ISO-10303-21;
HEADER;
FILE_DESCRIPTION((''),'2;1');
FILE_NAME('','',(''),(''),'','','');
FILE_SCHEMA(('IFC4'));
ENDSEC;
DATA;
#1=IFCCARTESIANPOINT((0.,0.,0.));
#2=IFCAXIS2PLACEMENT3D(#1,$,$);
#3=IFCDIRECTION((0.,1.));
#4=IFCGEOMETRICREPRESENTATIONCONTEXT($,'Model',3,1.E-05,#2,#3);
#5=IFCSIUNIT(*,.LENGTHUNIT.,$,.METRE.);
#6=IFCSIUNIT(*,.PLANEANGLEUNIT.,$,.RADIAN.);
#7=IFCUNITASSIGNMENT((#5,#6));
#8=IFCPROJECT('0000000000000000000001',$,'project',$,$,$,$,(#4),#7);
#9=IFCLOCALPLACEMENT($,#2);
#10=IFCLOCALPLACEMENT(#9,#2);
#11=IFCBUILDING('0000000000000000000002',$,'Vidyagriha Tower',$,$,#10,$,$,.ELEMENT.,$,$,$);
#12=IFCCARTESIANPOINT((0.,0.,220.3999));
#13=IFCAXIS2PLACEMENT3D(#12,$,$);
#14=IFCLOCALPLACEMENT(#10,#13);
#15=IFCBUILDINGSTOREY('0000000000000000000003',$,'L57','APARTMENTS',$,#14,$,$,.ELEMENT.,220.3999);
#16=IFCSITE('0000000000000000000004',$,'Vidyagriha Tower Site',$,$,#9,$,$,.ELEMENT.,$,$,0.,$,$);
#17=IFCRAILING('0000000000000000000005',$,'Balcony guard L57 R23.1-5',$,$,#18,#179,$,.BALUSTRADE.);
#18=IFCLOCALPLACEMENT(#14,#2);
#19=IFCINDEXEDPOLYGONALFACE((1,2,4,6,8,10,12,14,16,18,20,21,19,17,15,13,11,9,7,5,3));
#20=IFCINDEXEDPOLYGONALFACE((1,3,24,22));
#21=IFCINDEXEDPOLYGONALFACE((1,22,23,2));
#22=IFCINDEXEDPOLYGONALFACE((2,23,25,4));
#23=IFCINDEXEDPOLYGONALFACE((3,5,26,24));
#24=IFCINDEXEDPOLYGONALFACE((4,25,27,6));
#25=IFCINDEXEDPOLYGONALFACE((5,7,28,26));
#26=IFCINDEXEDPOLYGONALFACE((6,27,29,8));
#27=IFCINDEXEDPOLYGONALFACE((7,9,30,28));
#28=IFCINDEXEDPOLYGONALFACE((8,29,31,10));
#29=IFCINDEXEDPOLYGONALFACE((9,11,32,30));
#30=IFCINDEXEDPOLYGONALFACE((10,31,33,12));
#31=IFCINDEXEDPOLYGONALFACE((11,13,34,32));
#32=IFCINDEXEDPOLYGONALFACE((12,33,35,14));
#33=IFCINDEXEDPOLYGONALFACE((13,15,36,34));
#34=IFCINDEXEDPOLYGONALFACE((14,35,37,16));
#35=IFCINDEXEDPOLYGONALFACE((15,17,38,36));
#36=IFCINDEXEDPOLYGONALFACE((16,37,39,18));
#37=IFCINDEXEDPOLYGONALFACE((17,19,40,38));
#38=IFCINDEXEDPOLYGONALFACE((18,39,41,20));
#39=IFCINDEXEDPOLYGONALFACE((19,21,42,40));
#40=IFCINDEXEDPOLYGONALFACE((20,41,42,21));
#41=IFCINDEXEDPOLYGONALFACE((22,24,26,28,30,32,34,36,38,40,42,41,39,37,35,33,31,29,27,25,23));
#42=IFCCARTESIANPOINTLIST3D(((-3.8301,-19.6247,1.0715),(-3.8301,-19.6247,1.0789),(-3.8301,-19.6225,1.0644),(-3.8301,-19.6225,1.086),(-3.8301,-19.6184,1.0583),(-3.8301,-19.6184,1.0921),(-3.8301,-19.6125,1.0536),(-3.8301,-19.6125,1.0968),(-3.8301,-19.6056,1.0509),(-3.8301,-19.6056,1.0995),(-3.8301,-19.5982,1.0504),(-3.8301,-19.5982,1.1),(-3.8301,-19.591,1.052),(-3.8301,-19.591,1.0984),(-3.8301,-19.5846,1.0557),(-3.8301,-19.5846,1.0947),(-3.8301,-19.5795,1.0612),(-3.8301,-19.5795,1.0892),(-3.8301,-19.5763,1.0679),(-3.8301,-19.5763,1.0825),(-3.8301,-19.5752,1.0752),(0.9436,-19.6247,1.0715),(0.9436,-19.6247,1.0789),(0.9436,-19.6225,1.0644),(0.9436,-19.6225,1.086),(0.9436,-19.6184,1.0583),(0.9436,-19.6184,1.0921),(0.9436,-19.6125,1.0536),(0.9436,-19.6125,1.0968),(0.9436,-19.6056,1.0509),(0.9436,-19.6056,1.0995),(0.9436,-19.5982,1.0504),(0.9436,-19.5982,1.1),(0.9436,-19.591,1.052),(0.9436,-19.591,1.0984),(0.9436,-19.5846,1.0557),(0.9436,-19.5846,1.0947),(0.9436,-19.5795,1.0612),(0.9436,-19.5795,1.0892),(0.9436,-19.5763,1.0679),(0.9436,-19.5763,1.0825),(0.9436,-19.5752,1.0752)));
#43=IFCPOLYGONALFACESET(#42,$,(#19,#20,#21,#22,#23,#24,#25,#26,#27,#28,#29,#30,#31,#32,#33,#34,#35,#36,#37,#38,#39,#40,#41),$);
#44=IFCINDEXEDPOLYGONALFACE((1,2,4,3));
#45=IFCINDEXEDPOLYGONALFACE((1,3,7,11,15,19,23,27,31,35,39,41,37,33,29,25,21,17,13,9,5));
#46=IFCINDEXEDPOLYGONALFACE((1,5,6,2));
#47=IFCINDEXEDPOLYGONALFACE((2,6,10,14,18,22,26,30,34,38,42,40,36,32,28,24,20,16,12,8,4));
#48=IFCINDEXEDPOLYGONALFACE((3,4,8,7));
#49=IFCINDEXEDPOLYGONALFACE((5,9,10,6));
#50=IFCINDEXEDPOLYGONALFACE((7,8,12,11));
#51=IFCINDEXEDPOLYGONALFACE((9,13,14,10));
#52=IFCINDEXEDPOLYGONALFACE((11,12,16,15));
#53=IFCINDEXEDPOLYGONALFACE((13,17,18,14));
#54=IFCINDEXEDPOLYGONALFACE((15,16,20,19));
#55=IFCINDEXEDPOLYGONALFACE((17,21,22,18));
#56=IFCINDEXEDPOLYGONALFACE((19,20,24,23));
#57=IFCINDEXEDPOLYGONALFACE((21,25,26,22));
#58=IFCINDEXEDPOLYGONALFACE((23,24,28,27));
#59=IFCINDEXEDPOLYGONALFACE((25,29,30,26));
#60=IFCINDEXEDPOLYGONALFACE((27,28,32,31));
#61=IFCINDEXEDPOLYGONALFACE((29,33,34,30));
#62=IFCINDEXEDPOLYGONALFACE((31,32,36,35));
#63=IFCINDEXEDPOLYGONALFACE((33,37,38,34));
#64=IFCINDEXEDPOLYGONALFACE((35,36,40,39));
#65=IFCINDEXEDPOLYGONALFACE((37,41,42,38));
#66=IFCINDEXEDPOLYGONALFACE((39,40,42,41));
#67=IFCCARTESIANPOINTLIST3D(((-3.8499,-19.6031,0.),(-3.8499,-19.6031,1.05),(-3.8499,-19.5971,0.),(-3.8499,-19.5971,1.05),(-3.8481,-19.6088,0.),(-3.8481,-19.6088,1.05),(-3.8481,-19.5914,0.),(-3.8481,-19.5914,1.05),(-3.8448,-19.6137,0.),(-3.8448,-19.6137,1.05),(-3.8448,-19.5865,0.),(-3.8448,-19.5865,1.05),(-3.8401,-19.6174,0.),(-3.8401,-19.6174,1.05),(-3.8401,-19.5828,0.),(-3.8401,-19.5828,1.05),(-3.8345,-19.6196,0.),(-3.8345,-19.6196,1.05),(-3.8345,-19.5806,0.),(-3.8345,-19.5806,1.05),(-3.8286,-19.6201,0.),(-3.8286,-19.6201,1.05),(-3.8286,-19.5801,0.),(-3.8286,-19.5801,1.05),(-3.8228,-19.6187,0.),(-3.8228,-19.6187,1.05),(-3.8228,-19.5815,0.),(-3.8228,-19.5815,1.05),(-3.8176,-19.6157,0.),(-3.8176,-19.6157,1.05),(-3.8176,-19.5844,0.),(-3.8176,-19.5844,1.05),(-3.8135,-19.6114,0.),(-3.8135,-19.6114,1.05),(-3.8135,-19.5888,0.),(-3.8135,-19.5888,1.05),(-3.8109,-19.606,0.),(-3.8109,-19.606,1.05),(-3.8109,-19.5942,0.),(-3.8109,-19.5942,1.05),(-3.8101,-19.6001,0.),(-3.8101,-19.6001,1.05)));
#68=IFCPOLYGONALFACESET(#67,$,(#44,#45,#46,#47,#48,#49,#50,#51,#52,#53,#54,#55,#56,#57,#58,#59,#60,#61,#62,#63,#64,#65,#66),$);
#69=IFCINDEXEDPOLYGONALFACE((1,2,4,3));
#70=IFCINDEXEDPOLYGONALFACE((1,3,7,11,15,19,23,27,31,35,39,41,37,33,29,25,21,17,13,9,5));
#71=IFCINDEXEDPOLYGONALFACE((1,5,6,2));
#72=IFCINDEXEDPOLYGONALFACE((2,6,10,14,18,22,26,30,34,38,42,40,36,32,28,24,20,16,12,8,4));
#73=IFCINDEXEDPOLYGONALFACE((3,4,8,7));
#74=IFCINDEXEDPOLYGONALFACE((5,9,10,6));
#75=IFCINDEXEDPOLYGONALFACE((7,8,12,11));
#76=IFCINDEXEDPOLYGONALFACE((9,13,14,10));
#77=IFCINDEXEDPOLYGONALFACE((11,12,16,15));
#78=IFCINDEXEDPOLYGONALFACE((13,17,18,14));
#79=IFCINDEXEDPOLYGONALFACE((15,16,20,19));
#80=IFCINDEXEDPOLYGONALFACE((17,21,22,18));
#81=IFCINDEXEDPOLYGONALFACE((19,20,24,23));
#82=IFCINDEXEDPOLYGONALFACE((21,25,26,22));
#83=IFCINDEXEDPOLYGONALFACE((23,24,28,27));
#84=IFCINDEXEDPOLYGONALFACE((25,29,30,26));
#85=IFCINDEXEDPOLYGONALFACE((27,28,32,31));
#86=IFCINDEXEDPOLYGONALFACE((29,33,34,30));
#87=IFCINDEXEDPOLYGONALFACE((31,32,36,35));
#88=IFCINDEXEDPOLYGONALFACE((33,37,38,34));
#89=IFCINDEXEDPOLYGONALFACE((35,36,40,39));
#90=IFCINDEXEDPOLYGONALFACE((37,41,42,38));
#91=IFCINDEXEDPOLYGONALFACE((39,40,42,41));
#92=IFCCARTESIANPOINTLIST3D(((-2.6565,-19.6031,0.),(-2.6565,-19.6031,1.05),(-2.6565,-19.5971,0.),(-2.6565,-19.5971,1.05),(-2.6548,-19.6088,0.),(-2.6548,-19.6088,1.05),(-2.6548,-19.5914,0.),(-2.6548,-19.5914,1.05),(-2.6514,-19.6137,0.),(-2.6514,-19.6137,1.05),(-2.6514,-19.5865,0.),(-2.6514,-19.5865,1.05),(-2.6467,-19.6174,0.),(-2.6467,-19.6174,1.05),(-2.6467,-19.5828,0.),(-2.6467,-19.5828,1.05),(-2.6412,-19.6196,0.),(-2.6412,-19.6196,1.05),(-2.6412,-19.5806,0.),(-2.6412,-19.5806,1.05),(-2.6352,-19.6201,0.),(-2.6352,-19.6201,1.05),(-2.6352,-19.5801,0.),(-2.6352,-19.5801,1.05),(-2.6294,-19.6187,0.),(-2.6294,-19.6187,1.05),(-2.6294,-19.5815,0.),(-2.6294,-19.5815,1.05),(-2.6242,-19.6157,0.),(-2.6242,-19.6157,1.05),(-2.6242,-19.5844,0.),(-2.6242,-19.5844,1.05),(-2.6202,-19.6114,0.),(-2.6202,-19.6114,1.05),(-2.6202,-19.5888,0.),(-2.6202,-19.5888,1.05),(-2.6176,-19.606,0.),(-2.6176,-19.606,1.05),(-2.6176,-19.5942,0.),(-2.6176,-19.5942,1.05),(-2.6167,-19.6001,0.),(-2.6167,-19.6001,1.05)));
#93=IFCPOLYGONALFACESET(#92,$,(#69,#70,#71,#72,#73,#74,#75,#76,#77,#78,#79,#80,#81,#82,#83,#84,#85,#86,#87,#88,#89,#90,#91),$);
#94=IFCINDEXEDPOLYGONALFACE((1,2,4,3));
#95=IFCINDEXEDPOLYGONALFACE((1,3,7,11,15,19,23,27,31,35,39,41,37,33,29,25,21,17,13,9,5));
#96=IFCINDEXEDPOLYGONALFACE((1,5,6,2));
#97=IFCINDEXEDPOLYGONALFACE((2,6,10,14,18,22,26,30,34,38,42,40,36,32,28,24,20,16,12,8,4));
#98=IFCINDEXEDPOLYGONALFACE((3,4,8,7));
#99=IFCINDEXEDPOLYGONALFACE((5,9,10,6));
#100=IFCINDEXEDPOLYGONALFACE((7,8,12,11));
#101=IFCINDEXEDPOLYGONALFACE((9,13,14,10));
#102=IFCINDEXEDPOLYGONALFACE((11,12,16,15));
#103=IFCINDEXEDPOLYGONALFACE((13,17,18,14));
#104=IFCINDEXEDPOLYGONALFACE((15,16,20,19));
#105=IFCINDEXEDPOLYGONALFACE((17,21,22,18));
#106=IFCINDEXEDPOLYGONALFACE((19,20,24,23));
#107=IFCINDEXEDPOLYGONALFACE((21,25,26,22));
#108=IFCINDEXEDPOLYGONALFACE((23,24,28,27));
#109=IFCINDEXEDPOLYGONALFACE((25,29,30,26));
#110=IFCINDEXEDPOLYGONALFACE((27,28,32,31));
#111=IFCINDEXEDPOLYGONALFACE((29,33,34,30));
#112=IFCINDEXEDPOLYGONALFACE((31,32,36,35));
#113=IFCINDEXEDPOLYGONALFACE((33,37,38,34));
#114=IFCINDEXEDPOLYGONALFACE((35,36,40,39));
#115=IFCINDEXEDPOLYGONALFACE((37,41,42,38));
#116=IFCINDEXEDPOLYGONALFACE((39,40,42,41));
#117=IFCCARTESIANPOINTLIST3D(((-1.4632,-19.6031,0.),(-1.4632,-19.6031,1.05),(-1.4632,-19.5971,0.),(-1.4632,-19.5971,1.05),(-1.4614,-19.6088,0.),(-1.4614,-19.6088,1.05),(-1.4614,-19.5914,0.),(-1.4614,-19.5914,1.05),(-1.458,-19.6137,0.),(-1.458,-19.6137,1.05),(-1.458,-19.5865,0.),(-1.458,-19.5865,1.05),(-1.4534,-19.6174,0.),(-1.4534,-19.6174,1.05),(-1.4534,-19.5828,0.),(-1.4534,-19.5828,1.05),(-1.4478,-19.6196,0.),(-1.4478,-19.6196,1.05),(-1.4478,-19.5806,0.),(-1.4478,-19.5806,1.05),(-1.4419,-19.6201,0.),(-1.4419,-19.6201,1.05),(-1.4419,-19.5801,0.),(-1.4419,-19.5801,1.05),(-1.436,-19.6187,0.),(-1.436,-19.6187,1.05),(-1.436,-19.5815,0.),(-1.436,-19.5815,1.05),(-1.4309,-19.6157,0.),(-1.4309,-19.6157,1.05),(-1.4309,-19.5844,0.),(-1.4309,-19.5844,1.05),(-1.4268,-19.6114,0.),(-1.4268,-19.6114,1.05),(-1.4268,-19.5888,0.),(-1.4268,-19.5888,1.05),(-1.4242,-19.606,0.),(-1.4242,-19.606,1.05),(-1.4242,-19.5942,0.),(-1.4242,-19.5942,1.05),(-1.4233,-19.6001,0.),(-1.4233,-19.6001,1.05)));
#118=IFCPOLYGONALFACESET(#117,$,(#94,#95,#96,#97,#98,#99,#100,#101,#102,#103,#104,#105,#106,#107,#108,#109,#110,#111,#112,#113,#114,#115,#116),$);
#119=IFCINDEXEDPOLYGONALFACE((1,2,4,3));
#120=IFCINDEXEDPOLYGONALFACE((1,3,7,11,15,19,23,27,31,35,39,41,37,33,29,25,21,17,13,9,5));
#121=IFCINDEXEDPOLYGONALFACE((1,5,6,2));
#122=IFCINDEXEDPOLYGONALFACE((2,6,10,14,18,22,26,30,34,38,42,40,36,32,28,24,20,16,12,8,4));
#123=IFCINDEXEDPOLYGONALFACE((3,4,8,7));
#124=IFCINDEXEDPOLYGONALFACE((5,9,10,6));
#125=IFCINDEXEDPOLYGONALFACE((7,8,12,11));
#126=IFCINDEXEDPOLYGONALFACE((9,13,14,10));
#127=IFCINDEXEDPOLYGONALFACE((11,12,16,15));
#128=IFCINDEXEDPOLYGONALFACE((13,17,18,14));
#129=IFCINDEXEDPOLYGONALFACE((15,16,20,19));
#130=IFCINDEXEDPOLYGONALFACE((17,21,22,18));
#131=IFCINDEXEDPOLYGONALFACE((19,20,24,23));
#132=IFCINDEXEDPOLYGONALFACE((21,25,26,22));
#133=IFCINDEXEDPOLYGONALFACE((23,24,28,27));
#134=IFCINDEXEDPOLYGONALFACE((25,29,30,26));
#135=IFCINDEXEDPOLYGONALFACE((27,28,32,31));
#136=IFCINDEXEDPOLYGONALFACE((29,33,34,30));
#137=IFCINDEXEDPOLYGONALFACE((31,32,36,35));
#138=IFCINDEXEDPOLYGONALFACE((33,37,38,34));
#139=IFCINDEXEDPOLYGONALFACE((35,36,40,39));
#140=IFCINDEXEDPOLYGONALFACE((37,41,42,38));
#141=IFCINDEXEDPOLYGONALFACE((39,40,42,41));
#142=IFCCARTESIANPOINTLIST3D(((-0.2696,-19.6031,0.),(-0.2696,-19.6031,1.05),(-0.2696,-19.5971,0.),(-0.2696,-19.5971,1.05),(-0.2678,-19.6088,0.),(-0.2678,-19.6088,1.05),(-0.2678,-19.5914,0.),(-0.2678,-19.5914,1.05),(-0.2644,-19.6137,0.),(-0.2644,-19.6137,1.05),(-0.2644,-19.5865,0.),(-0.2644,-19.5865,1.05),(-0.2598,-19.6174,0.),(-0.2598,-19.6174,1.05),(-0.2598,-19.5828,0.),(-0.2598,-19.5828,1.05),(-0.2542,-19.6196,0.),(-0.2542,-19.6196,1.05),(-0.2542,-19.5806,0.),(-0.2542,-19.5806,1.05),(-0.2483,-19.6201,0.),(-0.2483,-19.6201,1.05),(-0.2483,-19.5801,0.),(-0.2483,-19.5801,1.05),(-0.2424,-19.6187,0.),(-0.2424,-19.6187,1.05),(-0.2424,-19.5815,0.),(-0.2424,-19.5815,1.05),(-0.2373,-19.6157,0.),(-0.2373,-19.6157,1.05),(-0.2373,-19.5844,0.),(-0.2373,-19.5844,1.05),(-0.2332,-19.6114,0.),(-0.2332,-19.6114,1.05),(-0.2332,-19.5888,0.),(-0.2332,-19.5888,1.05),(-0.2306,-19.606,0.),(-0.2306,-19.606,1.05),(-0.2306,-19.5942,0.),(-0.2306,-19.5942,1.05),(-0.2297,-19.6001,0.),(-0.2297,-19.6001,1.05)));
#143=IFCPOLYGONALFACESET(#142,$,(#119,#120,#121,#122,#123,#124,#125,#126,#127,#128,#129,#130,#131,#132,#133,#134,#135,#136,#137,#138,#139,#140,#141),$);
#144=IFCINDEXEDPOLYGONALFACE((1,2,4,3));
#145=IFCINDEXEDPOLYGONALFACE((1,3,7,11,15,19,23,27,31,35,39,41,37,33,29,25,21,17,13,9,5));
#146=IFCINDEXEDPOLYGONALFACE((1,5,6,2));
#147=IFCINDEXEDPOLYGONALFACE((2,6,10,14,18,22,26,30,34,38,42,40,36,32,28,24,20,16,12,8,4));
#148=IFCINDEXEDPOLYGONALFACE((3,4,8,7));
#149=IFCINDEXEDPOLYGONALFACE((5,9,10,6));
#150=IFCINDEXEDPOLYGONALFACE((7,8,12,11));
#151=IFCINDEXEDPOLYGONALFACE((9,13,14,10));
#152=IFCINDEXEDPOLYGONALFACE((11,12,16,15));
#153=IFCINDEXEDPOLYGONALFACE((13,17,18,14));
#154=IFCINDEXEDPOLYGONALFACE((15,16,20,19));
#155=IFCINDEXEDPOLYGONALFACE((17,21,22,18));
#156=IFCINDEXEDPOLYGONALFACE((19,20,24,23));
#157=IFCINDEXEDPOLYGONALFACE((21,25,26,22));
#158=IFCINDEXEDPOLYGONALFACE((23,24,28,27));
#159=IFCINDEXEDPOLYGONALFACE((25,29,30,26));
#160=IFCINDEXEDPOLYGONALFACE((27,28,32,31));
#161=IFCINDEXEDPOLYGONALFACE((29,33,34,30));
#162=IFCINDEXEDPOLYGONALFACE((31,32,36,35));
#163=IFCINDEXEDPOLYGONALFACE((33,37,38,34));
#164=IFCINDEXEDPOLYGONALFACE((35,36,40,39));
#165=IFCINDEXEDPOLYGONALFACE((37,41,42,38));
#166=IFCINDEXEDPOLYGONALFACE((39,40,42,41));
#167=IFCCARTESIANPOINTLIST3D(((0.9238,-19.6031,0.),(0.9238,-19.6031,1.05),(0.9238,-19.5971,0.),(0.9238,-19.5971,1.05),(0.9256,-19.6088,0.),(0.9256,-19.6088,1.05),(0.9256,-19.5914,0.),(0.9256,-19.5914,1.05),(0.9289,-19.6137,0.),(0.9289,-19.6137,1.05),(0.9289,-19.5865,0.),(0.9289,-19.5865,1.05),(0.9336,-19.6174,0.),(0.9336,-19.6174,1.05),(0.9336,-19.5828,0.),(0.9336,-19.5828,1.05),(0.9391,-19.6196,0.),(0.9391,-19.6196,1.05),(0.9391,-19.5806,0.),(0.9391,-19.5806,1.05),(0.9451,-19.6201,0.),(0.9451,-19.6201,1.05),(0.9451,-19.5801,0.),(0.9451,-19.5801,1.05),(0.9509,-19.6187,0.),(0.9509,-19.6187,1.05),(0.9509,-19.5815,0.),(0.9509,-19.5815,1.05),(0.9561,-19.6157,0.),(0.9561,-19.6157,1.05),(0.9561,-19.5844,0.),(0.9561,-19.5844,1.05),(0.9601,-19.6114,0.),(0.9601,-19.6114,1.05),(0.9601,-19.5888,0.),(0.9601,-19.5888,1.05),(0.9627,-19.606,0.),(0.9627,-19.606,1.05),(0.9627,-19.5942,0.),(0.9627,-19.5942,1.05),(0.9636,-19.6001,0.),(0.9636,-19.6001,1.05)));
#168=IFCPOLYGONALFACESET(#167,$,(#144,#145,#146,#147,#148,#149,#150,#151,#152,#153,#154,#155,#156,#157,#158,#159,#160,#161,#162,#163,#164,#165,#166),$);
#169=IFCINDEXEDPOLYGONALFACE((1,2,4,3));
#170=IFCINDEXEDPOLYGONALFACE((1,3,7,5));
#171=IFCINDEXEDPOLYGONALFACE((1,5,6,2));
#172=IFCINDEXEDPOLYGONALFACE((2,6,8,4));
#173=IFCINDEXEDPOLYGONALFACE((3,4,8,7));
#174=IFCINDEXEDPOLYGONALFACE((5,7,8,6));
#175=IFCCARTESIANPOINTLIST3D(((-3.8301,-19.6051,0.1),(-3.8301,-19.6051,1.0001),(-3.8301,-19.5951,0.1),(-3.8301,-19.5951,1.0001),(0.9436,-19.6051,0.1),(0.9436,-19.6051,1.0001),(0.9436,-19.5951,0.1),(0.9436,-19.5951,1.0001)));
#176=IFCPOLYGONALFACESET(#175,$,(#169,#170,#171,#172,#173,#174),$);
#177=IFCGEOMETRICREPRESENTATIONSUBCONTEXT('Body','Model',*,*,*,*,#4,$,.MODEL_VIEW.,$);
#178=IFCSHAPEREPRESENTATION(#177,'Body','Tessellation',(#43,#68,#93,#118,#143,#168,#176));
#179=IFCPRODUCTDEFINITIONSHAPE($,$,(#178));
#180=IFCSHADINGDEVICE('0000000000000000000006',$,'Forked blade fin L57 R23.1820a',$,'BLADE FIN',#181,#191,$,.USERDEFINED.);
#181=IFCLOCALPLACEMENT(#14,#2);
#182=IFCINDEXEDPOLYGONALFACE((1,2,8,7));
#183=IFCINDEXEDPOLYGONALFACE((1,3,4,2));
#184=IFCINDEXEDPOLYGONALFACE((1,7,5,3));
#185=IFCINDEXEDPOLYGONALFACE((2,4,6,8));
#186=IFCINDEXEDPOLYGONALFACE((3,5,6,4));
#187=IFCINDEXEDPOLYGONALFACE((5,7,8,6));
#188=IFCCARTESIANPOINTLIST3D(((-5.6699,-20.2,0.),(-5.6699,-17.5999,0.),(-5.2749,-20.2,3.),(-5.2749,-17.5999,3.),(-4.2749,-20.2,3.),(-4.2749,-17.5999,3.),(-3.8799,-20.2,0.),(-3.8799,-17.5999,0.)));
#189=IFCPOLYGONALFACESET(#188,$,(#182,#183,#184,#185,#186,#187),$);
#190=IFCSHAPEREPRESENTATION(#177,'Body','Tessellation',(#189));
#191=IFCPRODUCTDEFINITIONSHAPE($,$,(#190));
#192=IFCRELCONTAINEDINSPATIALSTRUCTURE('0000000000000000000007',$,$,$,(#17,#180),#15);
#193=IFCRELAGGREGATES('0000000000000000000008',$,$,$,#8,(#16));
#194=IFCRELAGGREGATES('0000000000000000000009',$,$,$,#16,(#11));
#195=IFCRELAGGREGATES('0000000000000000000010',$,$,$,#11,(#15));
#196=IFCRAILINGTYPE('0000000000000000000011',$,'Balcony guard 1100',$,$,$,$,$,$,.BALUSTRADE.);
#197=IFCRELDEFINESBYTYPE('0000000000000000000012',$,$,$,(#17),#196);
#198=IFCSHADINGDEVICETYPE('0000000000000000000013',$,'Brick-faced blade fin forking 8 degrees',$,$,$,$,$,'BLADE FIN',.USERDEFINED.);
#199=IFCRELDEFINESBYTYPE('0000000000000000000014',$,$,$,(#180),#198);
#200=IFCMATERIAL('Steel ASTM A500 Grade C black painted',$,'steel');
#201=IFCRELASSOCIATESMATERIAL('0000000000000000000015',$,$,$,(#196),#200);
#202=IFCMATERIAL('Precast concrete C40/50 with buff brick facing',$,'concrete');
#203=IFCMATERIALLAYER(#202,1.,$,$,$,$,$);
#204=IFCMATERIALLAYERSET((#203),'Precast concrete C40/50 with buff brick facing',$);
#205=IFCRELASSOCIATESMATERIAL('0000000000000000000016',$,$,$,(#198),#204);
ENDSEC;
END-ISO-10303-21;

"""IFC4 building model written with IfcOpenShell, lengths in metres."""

from ifc_helpers import new_model, si_unit, direction, frame, origin, origin_2d, place, context, subcontext, project, spatial, polyline, rectangle, circle, outline, extrude, material, layer, layer_set, type_object, element, save


model = new_model("IFC4")

# Units and contexts
model_context = context("Model", 3, precision=1e-05, world=origin(), true_north=direction((0.0, 1.0)))
body_context = subcontext(model_context, "Body", "Model", "MODEL_VIEW")
ifc_project = project(units=[si_unit("LENGTHUNIT", "METRE"), si_unit("PLANEANGLEUNIT", "RADIAN")], contexts=[model_context])

# Site, building, storey
site_placement = place(None, origin())
site = spatial("IfcSite", under=ifc_project, at=site_placement, Name="Vidyagriha Tower Site", CompositionType="ELEMENT", RefElevation=0.0)
building_placement = place(site_placement, origin())
building = spatial("IfcBuilding", under=site, at=building_placement, Name="Vidyagriha Tower", CompositionType="ELEMENT")
storey_placement = place(building_placement, frame((0.0, 0.0, 220.3999)))
storey = spatial("IfcBuildingStorey", under=building, at=storey_placement, Name="L57", Description="APARTMENTS", CompositionType="ELEMENT", Elevation=220.3999)

# Railing
ifc_material_1 = material(Name="Steel ASTM A500 Grade C black painted", Category="steel")
railing_type = type_object("IfcRailingType", Name="Balcony guard 1100", PredefinedType="BALUSTRADE", material=ifc_material_1)
railing_placement = place(storey_placement, frame((-3.8301, -19.6001, 0.0)))
element("IfcRailing", 1, at=railing_placement, inside=storey, type_object=railing_type, Name="Balcony guard L57 R23.1-5", PredefinedType="BALUSTRADE", context=body_context, shape_type="SweptSolid", body=[
    extrude(circle(Radius=0.0249, at=origin_2d()), frame((0.0, 0.0, 1.0752), z_axis=(1.0, 0.0, 0.0), x_axis=(0.0, 1.0, 0.0)), (0.0, 0.0, 1.0), 4.7737),
    extrude(circle(Radius=0.02, at=origin_2d()), origin(), (0.0, 0.0, 1.0), 1.05),
    extrude(circle(Radius=0.02, at=origin_2d()), frame((1.1934, 0.0, 0.0)), (0.0, 0.0, 1.0), 1.05),
    extrude(circle(Radius=0.02, at=origin_2d()), frame((2.3867, 0.0, 0.0)), (0.0, 0.0, 1.0), 1.05),
    extrude(circle(Radius=0.02, at=origin_2d()), frame((3.5803, 0.0, 0.0)), (0.0, 0.0, 1.0), 1.05),
    extrude(circle(Radius=0.02, at=origin_2d()), frame((4.7737, 0.0, 0.0)), (0.0, 0.0, 1.0), 1.05),
    extrude(rectangle(XDim=0.01, YDim=0.9001, at=origin_2d()), frame((0.0, 0.0, 0.55), z_axis=(1.0, 0.0, 0.0), x_axis=(0.0, 1.0, 0.0)), (0.0, 0.0, 1.0), 4.7737),
])

# Shading device
ifc_material_2 = material(Name="Precast concrete C40/50 with buff brick facing", Category="concrete")
ifc_layer_1 = layer(ifc_material_2, 1.0)
ifc_layer_set_1 = layer_set([ifc_layer_1], Name="Precast concrete C40/50 with buff brick facing")
shading_device_type = type_object("IfcShadingDeviceType", Name="Brick-faced blade fin forking 8 degrees", ElementType="BLADE FIN", PredefinedType="USERDEFINED", material=ifc_layer_set_1)
shading_device_placement = place(storey_placement, frame((-5.6699, -18.8999, 0.0)))
element("IfcShadingDevice", 2, at=shading_device_placement, inside=storey, type_object=shading_device_type, Name="Forked blade fin L57 R23.1820a", ObjectType="BLADE FIN", PredefinedType="USERDEFINED", context=body_context, shape_type="SweptSolid", body=[
    extrude(outline(polyline([(0.0, 0.0), (1.79, 0.0), (1.395, 3.0), (0.395, 3.0), (0.0, 0.0)])), frame((0.0, 1.3, 0.0), z_axis=(0.0, -1.0, 0.0), x_axis=(1.0, 0.0, 0.0)), (0.0, 0.0, 1.0), 2.6001),
])

save(model, "model.ifc")
